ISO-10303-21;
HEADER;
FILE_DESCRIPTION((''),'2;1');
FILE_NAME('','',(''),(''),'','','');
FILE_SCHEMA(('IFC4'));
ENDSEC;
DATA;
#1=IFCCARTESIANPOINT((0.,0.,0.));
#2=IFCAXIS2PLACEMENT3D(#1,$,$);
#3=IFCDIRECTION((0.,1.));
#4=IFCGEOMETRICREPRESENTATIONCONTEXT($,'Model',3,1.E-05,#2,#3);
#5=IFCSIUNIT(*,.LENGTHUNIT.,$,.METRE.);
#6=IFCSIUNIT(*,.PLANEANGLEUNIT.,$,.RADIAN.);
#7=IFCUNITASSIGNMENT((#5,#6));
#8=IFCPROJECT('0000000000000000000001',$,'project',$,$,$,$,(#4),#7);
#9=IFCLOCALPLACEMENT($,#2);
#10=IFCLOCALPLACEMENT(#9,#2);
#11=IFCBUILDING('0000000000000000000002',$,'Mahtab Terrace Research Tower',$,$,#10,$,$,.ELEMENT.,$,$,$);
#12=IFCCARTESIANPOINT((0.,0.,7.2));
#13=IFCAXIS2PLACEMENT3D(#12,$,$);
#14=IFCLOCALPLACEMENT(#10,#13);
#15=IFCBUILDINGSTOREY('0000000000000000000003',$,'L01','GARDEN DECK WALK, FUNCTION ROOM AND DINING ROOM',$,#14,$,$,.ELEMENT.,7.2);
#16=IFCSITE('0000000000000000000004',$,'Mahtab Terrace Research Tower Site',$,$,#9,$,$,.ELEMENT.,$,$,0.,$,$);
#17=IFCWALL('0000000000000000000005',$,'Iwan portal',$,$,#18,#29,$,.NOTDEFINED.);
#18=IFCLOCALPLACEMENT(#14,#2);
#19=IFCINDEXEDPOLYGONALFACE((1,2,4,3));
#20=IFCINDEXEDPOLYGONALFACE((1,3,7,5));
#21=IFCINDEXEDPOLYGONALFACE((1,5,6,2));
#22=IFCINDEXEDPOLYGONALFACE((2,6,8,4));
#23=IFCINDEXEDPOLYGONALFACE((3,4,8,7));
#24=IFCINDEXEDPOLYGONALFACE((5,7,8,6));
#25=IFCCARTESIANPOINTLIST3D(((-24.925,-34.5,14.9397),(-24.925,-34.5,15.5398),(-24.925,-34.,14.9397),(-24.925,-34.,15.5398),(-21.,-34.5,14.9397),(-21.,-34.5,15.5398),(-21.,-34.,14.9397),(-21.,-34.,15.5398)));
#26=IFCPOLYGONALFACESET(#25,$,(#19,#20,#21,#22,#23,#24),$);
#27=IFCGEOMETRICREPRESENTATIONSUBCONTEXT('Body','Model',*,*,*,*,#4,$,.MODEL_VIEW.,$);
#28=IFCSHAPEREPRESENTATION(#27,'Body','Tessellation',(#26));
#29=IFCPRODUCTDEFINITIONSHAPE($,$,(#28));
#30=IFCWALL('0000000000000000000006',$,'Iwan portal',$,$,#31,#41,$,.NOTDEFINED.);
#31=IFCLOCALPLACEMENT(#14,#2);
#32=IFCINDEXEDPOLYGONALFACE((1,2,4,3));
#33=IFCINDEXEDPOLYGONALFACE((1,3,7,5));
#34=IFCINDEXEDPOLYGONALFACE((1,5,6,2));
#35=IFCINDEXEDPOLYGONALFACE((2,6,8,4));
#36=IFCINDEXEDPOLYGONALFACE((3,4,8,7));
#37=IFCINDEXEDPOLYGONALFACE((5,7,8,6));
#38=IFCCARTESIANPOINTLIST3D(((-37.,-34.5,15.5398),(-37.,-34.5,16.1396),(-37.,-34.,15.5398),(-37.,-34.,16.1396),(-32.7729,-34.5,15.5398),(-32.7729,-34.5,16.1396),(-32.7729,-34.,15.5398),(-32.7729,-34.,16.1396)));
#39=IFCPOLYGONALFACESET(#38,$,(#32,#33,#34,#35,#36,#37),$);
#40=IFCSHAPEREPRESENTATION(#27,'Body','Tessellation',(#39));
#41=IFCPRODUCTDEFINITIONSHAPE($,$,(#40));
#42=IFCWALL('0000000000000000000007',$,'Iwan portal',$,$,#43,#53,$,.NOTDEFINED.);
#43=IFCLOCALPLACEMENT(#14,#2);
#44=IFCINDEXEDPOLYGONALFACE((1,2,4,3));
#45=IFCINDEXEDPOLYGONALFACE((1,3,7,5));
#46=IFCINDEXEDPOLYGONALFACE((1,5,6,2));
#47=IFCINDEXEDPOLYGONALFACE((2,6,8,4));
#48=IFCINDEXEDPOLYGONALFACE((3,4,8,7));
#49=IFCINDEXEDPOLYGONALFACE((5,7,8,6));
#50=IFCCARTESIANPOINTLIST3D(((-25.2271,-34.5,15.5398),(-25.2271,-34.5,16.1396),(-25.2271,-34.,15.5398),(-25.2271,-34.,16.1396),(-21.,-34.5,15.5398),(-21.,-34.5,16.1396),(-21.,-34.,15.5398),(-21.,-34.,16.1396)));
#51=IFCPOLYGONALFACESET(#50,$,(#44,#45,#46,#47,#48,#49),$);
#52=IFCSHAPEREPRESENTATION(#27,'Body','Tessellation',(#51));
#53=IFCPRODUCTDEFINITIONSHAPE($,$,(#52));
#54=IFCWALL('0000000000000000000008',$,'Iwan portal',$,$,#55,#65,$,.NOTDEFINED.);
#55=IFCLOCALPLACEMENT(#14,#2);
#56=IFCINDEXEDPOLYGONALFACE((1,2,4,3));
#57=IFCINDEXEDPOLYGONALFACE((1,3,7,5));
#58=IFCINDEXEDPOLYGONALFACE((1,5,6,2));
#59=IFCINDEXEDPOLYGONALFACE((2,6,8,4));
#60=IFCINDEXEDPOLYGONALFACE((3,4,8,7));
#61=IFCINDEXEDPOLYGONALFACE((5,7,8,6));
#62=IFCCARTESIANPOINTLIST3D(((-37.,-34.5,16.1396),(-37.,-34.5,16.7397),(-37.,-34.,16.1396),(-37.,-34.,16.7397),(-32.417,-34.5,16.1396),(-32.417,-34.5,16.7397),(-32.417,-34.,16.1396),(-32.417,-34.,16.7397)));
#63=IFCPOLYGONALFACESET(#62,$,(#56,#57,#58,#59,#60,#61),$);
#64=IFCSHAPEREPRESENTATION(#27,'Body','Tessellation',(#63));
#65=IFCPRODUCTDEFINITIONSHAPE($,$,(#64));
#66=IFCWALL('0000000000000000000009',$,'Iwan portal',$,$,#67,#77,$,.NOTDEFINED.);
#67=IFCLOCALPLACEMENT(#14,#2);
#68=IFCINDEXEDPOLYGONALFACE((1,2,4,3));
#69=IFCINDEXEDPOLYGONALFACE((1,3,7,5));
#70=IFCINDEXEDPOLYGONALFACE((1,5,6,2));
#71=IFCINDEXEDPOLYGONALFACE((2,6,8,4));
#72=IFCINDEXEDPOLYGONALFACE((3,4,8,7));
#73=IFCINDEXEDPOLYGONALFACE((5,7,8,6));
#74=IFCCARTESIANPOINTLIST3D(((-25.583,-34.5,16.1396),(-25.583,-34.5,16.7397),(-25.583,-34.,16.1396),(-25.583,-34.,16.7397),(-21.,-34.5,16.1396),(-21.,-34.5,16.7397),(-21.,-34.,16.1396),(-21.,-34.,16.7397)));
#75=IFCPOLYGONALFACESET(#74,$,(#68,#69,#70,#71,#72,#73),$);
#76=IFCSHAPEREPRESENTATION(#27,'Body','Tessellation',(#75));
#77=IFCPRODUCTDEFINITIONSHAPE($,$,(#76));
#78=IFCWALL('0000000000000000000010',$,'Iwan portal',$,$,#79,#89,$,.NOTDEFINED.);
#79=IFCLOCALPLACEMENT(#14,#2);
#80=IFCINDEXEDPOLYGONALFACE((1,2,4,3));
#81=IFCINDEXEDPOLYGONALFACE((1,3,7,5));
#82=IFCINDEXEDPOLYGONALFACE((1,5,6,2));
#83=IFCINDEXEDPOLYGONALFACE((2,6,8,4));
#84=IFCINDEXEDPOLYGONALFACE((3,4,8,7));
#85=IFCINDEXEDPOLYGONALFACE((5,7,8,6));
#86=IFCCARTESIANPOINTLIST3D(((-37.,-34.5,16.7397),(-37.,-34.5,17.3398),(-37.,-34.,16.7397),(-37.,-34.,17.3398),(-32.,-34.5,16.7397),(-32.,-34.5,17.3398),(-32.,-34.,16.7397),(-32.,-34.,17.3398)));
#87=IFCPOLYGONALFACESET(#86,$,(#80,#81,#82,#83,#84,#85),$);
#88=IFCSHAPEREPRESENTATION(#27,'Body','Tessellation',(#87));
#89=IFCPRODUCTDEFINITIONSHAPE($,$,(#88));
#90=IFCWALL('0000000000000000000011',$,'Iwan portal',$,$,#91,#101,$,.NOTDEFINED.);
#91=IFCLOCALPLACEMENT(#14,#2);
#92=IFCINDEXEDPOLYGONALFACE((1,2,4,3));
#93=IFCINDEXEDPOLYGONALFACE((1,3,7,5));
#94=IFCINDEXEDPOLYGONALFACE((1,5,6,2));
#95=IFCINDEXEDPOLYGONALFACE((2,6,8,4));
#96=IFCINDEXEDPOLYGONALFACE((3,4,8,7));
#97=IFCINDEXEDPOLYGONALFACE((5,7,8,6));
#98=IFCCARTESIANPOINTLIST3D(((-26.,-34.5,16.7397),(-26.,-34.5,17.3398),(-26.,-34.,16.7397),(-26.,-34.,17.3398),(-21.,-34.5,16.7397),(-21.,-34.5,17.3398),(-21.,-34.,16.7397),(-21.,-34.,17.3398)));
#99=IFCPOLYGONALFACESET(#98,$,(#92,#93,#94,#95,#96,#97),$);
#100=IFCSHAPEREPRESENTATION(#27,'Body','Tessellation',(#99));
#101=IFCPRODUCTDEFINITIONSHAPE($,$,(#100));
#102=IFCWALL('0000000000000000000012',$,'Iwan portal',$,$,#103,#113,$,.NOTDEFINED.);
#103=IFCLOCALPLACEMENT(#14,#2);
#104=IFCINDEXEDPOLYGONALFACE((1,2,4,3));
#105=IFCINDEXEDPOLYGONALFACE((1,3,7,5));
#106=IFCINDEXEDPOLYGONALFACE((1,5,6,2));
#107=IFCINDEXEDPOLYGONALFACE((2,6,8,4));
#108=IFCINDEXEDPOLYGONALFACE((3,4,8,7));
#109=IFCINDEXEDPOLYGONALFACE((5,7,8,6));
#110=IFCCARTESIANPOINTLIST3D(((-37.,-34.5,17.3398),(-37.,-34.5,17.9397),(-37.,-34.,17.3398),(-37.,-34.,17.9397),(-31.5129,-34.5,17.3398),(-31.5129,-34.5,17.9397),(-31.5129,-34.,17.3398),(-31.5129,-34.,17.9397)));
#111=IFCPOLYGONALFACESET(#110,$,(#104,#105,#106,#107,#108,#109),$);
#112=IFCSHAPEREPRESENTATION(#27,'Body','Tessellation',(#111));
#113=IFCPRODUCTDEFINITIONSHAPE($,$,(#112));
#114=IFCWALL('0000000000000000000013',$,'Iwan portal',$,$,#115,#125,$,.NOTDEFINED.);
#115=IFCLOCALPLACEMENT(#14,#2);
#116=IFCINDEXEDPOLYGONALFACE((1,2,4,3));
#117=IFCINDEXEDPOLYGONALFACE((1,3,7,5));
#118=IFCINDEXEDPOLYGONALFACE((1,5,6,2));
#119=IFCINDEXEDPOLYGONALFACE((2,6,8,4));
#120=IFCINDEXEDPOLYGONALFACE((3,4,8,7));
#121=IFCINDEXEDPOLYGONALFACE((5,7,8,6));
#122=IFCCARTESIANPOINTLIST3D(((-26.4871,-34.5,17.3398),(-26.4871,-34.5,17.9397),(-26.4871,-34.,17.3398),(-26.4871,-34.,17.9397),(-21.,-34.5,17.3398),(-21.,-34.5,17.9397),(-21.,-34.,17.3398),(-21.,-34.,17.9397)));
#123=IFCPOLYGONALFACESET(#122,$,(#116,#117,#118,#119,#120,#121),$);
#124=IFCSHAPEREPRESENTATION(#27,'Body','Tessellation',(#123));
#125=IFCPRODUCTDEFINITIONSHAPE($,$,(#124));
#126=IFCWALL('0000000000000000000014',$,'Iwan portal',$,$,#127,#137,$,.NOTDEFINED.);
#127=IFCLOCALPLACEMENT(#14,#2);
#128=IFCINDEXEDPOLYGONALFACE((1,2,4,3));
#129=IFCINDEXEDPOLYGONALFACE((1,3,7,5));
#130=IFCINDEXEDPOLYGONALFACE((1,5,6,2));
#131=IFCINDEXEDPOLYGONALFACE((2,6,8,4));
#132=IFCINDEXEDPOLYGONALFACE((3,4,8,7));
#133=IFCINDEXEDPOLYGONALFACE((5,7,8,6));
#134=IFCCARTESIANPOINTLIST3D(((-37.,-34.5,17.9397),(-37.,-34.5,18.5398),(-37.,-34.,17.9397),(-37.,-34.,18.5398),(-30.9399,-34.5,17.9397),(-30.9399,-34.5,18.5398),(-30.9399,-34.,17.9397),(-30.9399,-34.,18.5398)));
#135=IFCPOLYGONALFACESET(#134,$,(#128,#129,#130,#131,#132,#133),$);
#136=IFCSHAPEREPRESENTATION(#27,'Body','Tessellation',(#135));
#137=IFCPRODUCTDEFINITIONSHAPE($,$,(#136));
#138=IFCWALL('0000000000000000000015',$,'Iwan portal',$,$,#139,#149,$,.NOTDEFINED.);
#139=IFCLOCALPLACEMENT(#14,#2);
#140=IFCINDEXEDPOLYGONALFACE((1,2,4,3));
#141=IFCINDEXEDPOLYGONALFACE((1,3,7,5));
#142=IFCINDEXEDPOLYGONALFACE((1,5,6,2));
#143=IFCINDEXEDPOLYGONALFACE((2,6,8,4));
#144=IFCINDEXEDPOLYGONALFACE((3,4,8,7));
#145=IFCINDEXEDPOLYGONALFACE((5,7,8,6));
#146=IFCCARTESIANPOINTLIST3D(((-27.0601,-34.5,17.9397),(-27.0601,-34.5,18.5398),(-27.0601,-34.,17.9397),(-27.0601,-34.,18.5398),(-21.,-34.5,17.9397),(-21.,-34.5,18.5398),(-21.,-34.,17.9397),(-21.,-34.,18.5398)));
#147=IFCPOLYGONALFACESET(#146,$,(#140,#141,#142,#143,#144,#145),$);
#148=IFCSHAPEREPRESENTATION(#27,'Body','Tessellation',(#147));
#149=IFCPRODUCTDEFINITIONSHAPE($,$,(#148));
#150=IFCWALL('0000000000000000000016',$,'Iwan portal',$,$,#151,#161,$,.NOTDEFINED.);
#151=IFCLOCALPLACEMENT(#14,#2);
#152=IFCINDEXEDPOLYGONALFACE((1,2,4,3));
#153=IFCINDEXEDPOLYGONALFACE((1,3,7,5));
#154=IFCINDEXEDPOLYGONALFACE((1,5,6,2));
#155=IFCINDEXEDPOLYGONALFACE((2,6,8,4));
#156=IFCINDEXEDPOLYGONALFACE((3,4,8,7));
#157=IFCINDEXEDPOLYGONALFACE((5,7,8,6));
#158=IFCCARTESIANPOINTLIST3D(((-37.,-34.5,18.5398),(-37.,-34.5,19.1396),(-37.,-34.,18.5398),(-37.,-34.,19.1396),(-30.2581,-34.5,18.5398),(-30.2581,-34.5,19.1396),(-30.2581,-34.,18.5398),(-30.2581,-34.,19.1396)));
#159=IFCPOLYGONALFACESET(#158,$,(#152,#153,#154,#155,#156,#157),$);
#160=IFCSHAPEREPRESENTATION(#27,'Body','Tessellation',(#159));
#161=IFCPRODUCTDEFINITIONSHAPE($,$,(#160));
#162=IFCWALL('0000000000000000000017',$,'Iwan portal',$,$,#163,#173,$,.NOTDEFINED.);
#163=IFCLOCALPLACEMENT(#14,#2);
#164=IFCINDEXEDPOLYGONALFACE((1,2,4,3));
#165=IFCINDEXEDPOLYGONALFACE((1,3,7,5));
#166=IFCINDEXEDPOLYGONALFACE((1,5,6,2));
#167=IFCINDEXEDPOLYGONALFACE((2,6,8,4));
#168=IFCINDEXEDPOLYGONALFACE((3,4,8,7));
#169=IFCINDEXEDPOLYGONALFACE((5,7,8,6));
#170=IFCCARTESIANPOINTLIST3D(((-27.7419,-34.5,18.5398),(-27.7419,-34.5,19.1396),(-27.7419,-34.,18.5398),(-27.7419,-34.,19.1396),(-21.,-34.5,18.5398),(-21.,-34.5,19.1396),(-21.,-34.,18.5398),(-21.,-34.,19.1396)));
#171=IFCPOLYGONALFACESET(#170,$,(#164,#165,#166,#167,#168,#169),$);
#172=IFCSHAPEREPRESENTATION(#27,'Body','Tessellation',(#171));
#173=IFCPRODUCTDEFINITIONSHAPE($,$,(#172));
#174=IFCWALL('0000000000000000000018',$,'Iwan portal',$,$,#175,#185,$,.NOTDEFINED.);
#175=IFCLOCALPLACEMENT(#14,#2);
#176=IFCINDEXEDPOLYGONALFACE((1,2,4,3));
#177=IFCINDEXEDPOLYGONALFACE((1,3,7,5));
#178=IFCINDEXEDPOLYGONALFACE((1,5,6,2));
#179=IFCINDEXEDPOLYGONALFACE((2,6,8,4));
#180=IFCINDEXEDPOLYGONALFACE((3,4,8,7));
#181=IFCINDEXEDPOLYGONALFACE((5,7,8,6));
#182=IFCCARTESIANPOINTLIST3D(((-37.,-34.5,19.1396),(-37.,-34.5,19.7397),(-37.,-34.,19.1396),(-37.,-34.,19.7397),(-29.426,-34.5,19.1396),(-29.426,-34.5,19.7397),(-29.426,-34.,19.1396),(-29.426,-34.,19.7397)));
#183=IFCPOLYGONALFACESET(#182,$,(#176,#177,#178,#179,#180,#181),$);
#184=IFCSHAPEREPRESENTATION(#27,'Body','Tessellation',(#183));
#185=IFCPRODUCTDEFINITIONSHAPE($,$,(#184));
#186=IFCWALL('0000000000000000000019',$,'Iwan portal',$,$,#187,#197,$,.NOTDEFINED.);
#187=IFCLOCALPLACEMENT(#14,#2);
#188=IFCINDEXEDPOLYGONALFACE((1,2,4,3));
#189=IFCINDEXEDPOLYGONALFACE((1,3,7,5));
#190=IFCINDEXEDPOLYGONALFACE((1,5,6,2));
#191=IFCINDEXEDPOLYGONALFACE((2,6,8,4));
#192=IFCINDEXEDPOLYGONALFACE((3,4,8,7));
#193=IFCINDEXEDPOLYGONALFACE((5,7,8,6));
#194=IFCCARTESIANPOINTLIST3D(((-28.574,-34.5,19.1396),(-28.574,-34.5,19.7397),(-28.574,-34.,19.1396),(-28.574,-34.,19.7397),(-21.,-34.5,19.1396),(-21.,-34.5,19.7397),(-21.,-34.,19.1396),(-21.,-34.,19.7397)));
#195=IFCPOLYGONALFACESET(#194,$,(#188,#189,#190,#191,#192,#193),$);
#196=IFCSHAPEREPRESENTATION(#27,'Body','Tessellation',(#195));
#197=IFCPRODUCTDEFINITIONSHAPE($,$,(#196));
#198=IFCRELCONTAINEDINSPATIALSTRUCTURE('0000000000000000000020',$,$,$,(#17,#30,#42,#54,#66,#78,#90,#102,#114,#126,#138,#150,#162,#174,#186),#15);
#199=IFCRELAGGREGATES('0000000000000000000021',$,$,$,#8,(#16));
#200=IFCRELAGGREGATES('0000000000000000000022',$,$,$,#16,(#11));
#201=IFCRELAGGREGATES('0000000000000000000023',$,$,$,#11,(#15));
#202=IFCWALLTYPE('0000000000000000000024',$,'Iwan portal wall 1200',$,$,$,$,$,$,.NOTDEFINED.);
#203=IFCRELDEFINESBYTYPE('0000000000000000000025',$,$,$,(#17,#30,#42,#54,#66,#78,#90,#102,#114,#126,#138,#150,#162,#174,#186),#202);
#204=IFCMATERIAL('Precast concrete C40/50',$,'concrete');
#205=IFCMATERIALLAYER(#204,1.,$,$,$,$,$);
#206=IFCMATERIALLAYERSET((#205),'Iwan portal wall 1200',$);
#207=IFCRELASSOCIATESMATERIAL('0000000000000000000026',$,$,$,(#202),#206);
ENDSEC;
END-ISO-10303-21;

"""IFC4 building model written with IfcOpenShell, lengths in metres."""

from ifc_helpers import new_model, si_unit, direction, frame, origin, place, context, subcontext, project, spatial, polyline, outline, extrude, material, layer, layer_set, type_object, element, save


model = new_model("IFC4")

# Units and contexts
model_context = context("Model", 3, precision=1e-05, world=origin(), true_north=direction((0.0, 1.0)))
body_context = subcontext(model_context, "Body", "Model", "MODEL_VIEW")
ifc_project = project(units=[si_unit("LENGTHUNIT", "METRE"), si_unit("PLANEANGLEUNIT", "RADIAN")], contexts=[model_context])

# Site, building, storey
site_placement = place(None, origin())
site = spatial("IfcSite", under=ifc_project, at=site_placement, Name="Mahtab Terrace Research Tower Site", CompositionType="ELEMENT", RefElevation=0.0)
building_placement = place(site_placement, origin())
building = spatial("IfcBuilding", under=site, at=building_placement, Name="Mahtab Terrace Research Tower", CompositionType="ELEMENT")
storey_placement = place(building_placement, frame((0.0, 0.0, 7.2)))
storey = spatial("IfcBuildingStorey", under=building, at=storey_placement, Name="L01", Description="GARDEN DECK WALK, FUNCTION ROOM AND DINING ROOM", CompositionType="ELEMENT", Elevation=7.2)

# Walls
ifc_material = material(Name="Precast concrete C40/50", Category="concrete")
ifc_layer = layer(ifc_material, 1.0)
ifc_layer_set = layer_set([ifc_layer], Name="Iwan portal wall 1200")
wall_type = type_object("IfcWallType", Name="Iwan portal wall 1200", PredefinedType="NOTDEFINED", material=ifc_layer_set)
wall_1_placement = place(storey_placement, frame((0.0, 0.0, 14.9397)))
element("IfcWall", 1, at=wall_1_placement, inside=storey, type_object=wall_type, Name="Iwan portal", PredefinedType="NOTDEFINED", context=body_context, shape_type="SweptSolid", body=[
    extrude(outline(polyline([(-24.925, -34.5), (-21.0, -34.5), (-21.0, -34.0), (-24.925, -34.0), (-24.925, -34.5)])), origin(), (0.0, 0.0, 1.0), 0.6001),
])
wall_2_placement = place(storey_placement, frame((0.0, 0.0, 15.5398)))
element("IfcWall", 2, at=wall_2_placement, inside=storey, type_object=wall_type, Name="Iwan portal", PredefinedType="NOTDEFINED", context=body_context, shape_type="SweptSolid", body=[
    extrude(outline(polyline([(-37.0, -34.5), (-32.7729, -34.5), (-32.7729, -34.0), (-37.0, -34.0), (-37.0, -34.5)])), origin(), (0.0, 0.0, 1.0), 0.5999),
])
wall_3_placement = place(storey_placement, frame((0.0, 0.0, 15.5398)))
element("IfcWall", 3, at=wall_3_placement, inside=storey, type_object=wall_type, Name="Iwan portal", PredefinedType="NOTDEFINED", context=body_context, shape_type="SweptSolid", body=[
    extrude(outline(polyline([(-25.2271, -34.5), (-21.0, -34.5), (-21.0, -34.0), (-25.2271, -34.0), (-25.2271, -34.5)])), origin(), (0.0, 0.0, 1.0), 0.5999),
])
wall_4_placement = place(storey_placement, frame((0.0, 0.0, 16.1396)))
element("IfcWall", 4, at=wall_4_placement, inside=storey, type_object=wall_type, Name="Iwan portal", PredefinedType="NOTDEFINED", context=body_context, shape_type="SweptSolid", body=[
    extrude(outline(polyline([(-37.0, -34.5), (-32.417, -34.5), (-32.417, -34.0), (-37.0, -34.0), (-37.0, -34.5)])), origin(), (0.0, 0.0, 1.0), 0.6001),
])
wall_5_placement = place(storey_placement, frame((0.0, 0.0, 16.1396)))
element("IfcWall", 5, at=wall_5_placement, inside=storey, type_object=wall_type, Name="Iwan portal", PredefinedType="NOTDEFINED", context=body_context, shape_type="SweptSolid", body=[
    extrude(outline(polyline([(-25.583, -34.5), (-21.0, -34.5), (-21.0, -34.0), (-25.583, -34.0), (-25.583, -34.5)])), origin(), (0.0, 0.0, 1.0), 0.6001),
])
wall_6_placement = place(storey_placement, frame((0.0, 0.0, 16.7397)))
element("IfcWall", 6, at=wall_6_placement, inside=storey, type_object=wall_type, Name="Iwan portal", PredefinedType="NOTDEFINED", context=body_context, shape_type="SweptSolid", body=[
    extrude(outline(polyline([(-37.0, -34.5), (-32.0, -34.5), (-32.0, -34.0), (-37.0, -34.0), (-37.0, -34.5)])), origin(), (0.0, 0.0, 1.0), 0.6001),
])
wall_7_placement = place(storey_placement, frame((0.0, 0.0, 16.7397)))
element("IfcWall", 7, at=wall_7_placement, inside=storey, type_object=wall_type, Name="Iwan portal", PredefinedType="NOTDEFINED", context=body_context, shape_type="SweptSolid", body=[
    extrude(outline(polyline([(-26.0, -34.5), (-21.0, -34.5), (-21.0, -34.0), (-26.0, -34.0), (-26.0, -34.5)])), origin(), (0.0, 0.0, 1.0), 0.6001),
])
wall_8_placement = place(storey_placement, frame((0.0, 0.0, 17.3398)))
element("IfcWall", 8, at=wall_8_placement, inside=storey, type_object=wall_type, Name="Iwan portal", PredefinedType="NOTDEFINED", context=body_context, shape_type="SweptSolid", body=[
    extrude(outline(polyline([(-37.0, -34.5), (-31.5129, -34.5), (-31.5129, -34.0), (-37.0, -34.0), (-37.0, -34.5)])), origin(), (0.0, 0.0, 1.0), 0.5999),
])
wall_9_placement = place(storey_placement, frame((0.0, 0.0, 17.3398)))
element("IfcWall", 9, at=wall_9_placement, inside=storey, type_object=wall_type, Name="Iwan portal", PredefinedType="NOTDEFINED", context=body_context, shape_type="SweptSolid", body=[
    extrude(outline(polyline([(-26.4871, -34.5), (-21.0, -34.5), (-21.0, -34.0), (-26.4871, -34.0), (-26.4871, -34.5)])), origin(), (0.0, 0.0, 1.0), 0.5999),
])
wall_10_placement = place(storey_placement, frame((0.0, 0.0, 17.9397)))
element("IfcWall", 10, at=wall_10_placement, inside=storey, type_object=wall_type, Name="Iwan portal", PredefinedType="NOTDEFINED", context=body_context, shape_type="SweptSolid", body=[
    extrude(outline(polyline([(-37.0, -34.5), (-30.9399, -34.5), (-30.9399, -34.0), (-37.0, -34.0), (-37.0, -34.5)])), origin(), (0.0, 0.0, 1.0), 0.6001),
])
wall_11_placement = place(storey_placement, frame((0.0, 0.0, 17.9397)))
element("IfcWall", 11, at=wall_11_placement, inside=storey, type_object=wall_type, Name="Iwan portal", PredefinedType="NOTDEFINED", context=body_context, shape_type="SweptSolid", body=[
    extrude(outline(polyline([(-27.0601, -34.5), (-21.0, -34.5), (-21.0, -34.0), (-27.0601, -34.0), (-27.0601, -34.5)])), origin(), (0.0, 0.0, 1.0), 0.6001),
])
wall_12_placement = place(storey_placement, frame((0.0, 0.0, 18.5398)))
element("IfcWall", 12, at=wall_12_placement, inside=storey, type_object=wall_type, Name="Iwan portal", PredefinedType="NOTDEFINED", context=body_context, shape_type="SweptSolid", body=[
    extrude(outline(polyline([(-37.0, -34.5), (-30.2581, -34.5), (-30.2581, -34.0), (-37.0, -34.0), (-37.0, -34.5)])), origin(), (0.0, 0.0, 1.0), 0.5999),
])
wall_13_placement = place(storey_placement, frame((0.0, 0.0, 18.5398)))
element("IfcWall", 13, at=wall_13_placement, inside=storey, type_object=wall_type, Name="Iwan portal", PredefinedType="NOTDEFINED", context=body_context, shape_type="SweptSolid", body=[
    extrude(outline(polyline([(-27.7419, -34.5), (-21.0, -34.5), (-21.0, -34.0), (-27.7419, -34.0), (-27.7419, -34.5)])), origin(), (0.0, 0.0, 1.0), 0.5999),
])
wall_14_placement = place(storey_placement, frame((0.0, 0.0, 19.1396)))
element("IfcWall", 14, at=wall_14_placement, inside=storey, type_object=wall_type, Name="Iwan portal", PredefinedType="NOTDEFINED", context=body_context, shape_type="SweptSolid", body=[
    extrude(outline(polyline([(-37.0, -34.5), (-29.426, -34.5), (-29.426, -34.0), (-37.0, -34.0), (-37.0, -34.5)])), origin(), (0.0, 0.0, 1.0), 0.6001),
])
wall_15_placement = place(storey_placement, frame((0.0, 0.0, 19.1396)))
element("IfcWall", 15, at=wall_15_placement, inside=storey, type_object=wall_type, Name="Iwan portal", PredefinedType="NOTDEFINED", context=body_context, shape_type="SweptSolid", body=[
    extrude(outline(polyline([(-28.574, -34.5), (-21.0, -34.5), (-21.0, -34.0), (-28.574, -34.0), (-28.574, -34.5)])), origin(), (0.0, 0.0, 1.0), 0.6001),
])

save(model, "model.ifc")
